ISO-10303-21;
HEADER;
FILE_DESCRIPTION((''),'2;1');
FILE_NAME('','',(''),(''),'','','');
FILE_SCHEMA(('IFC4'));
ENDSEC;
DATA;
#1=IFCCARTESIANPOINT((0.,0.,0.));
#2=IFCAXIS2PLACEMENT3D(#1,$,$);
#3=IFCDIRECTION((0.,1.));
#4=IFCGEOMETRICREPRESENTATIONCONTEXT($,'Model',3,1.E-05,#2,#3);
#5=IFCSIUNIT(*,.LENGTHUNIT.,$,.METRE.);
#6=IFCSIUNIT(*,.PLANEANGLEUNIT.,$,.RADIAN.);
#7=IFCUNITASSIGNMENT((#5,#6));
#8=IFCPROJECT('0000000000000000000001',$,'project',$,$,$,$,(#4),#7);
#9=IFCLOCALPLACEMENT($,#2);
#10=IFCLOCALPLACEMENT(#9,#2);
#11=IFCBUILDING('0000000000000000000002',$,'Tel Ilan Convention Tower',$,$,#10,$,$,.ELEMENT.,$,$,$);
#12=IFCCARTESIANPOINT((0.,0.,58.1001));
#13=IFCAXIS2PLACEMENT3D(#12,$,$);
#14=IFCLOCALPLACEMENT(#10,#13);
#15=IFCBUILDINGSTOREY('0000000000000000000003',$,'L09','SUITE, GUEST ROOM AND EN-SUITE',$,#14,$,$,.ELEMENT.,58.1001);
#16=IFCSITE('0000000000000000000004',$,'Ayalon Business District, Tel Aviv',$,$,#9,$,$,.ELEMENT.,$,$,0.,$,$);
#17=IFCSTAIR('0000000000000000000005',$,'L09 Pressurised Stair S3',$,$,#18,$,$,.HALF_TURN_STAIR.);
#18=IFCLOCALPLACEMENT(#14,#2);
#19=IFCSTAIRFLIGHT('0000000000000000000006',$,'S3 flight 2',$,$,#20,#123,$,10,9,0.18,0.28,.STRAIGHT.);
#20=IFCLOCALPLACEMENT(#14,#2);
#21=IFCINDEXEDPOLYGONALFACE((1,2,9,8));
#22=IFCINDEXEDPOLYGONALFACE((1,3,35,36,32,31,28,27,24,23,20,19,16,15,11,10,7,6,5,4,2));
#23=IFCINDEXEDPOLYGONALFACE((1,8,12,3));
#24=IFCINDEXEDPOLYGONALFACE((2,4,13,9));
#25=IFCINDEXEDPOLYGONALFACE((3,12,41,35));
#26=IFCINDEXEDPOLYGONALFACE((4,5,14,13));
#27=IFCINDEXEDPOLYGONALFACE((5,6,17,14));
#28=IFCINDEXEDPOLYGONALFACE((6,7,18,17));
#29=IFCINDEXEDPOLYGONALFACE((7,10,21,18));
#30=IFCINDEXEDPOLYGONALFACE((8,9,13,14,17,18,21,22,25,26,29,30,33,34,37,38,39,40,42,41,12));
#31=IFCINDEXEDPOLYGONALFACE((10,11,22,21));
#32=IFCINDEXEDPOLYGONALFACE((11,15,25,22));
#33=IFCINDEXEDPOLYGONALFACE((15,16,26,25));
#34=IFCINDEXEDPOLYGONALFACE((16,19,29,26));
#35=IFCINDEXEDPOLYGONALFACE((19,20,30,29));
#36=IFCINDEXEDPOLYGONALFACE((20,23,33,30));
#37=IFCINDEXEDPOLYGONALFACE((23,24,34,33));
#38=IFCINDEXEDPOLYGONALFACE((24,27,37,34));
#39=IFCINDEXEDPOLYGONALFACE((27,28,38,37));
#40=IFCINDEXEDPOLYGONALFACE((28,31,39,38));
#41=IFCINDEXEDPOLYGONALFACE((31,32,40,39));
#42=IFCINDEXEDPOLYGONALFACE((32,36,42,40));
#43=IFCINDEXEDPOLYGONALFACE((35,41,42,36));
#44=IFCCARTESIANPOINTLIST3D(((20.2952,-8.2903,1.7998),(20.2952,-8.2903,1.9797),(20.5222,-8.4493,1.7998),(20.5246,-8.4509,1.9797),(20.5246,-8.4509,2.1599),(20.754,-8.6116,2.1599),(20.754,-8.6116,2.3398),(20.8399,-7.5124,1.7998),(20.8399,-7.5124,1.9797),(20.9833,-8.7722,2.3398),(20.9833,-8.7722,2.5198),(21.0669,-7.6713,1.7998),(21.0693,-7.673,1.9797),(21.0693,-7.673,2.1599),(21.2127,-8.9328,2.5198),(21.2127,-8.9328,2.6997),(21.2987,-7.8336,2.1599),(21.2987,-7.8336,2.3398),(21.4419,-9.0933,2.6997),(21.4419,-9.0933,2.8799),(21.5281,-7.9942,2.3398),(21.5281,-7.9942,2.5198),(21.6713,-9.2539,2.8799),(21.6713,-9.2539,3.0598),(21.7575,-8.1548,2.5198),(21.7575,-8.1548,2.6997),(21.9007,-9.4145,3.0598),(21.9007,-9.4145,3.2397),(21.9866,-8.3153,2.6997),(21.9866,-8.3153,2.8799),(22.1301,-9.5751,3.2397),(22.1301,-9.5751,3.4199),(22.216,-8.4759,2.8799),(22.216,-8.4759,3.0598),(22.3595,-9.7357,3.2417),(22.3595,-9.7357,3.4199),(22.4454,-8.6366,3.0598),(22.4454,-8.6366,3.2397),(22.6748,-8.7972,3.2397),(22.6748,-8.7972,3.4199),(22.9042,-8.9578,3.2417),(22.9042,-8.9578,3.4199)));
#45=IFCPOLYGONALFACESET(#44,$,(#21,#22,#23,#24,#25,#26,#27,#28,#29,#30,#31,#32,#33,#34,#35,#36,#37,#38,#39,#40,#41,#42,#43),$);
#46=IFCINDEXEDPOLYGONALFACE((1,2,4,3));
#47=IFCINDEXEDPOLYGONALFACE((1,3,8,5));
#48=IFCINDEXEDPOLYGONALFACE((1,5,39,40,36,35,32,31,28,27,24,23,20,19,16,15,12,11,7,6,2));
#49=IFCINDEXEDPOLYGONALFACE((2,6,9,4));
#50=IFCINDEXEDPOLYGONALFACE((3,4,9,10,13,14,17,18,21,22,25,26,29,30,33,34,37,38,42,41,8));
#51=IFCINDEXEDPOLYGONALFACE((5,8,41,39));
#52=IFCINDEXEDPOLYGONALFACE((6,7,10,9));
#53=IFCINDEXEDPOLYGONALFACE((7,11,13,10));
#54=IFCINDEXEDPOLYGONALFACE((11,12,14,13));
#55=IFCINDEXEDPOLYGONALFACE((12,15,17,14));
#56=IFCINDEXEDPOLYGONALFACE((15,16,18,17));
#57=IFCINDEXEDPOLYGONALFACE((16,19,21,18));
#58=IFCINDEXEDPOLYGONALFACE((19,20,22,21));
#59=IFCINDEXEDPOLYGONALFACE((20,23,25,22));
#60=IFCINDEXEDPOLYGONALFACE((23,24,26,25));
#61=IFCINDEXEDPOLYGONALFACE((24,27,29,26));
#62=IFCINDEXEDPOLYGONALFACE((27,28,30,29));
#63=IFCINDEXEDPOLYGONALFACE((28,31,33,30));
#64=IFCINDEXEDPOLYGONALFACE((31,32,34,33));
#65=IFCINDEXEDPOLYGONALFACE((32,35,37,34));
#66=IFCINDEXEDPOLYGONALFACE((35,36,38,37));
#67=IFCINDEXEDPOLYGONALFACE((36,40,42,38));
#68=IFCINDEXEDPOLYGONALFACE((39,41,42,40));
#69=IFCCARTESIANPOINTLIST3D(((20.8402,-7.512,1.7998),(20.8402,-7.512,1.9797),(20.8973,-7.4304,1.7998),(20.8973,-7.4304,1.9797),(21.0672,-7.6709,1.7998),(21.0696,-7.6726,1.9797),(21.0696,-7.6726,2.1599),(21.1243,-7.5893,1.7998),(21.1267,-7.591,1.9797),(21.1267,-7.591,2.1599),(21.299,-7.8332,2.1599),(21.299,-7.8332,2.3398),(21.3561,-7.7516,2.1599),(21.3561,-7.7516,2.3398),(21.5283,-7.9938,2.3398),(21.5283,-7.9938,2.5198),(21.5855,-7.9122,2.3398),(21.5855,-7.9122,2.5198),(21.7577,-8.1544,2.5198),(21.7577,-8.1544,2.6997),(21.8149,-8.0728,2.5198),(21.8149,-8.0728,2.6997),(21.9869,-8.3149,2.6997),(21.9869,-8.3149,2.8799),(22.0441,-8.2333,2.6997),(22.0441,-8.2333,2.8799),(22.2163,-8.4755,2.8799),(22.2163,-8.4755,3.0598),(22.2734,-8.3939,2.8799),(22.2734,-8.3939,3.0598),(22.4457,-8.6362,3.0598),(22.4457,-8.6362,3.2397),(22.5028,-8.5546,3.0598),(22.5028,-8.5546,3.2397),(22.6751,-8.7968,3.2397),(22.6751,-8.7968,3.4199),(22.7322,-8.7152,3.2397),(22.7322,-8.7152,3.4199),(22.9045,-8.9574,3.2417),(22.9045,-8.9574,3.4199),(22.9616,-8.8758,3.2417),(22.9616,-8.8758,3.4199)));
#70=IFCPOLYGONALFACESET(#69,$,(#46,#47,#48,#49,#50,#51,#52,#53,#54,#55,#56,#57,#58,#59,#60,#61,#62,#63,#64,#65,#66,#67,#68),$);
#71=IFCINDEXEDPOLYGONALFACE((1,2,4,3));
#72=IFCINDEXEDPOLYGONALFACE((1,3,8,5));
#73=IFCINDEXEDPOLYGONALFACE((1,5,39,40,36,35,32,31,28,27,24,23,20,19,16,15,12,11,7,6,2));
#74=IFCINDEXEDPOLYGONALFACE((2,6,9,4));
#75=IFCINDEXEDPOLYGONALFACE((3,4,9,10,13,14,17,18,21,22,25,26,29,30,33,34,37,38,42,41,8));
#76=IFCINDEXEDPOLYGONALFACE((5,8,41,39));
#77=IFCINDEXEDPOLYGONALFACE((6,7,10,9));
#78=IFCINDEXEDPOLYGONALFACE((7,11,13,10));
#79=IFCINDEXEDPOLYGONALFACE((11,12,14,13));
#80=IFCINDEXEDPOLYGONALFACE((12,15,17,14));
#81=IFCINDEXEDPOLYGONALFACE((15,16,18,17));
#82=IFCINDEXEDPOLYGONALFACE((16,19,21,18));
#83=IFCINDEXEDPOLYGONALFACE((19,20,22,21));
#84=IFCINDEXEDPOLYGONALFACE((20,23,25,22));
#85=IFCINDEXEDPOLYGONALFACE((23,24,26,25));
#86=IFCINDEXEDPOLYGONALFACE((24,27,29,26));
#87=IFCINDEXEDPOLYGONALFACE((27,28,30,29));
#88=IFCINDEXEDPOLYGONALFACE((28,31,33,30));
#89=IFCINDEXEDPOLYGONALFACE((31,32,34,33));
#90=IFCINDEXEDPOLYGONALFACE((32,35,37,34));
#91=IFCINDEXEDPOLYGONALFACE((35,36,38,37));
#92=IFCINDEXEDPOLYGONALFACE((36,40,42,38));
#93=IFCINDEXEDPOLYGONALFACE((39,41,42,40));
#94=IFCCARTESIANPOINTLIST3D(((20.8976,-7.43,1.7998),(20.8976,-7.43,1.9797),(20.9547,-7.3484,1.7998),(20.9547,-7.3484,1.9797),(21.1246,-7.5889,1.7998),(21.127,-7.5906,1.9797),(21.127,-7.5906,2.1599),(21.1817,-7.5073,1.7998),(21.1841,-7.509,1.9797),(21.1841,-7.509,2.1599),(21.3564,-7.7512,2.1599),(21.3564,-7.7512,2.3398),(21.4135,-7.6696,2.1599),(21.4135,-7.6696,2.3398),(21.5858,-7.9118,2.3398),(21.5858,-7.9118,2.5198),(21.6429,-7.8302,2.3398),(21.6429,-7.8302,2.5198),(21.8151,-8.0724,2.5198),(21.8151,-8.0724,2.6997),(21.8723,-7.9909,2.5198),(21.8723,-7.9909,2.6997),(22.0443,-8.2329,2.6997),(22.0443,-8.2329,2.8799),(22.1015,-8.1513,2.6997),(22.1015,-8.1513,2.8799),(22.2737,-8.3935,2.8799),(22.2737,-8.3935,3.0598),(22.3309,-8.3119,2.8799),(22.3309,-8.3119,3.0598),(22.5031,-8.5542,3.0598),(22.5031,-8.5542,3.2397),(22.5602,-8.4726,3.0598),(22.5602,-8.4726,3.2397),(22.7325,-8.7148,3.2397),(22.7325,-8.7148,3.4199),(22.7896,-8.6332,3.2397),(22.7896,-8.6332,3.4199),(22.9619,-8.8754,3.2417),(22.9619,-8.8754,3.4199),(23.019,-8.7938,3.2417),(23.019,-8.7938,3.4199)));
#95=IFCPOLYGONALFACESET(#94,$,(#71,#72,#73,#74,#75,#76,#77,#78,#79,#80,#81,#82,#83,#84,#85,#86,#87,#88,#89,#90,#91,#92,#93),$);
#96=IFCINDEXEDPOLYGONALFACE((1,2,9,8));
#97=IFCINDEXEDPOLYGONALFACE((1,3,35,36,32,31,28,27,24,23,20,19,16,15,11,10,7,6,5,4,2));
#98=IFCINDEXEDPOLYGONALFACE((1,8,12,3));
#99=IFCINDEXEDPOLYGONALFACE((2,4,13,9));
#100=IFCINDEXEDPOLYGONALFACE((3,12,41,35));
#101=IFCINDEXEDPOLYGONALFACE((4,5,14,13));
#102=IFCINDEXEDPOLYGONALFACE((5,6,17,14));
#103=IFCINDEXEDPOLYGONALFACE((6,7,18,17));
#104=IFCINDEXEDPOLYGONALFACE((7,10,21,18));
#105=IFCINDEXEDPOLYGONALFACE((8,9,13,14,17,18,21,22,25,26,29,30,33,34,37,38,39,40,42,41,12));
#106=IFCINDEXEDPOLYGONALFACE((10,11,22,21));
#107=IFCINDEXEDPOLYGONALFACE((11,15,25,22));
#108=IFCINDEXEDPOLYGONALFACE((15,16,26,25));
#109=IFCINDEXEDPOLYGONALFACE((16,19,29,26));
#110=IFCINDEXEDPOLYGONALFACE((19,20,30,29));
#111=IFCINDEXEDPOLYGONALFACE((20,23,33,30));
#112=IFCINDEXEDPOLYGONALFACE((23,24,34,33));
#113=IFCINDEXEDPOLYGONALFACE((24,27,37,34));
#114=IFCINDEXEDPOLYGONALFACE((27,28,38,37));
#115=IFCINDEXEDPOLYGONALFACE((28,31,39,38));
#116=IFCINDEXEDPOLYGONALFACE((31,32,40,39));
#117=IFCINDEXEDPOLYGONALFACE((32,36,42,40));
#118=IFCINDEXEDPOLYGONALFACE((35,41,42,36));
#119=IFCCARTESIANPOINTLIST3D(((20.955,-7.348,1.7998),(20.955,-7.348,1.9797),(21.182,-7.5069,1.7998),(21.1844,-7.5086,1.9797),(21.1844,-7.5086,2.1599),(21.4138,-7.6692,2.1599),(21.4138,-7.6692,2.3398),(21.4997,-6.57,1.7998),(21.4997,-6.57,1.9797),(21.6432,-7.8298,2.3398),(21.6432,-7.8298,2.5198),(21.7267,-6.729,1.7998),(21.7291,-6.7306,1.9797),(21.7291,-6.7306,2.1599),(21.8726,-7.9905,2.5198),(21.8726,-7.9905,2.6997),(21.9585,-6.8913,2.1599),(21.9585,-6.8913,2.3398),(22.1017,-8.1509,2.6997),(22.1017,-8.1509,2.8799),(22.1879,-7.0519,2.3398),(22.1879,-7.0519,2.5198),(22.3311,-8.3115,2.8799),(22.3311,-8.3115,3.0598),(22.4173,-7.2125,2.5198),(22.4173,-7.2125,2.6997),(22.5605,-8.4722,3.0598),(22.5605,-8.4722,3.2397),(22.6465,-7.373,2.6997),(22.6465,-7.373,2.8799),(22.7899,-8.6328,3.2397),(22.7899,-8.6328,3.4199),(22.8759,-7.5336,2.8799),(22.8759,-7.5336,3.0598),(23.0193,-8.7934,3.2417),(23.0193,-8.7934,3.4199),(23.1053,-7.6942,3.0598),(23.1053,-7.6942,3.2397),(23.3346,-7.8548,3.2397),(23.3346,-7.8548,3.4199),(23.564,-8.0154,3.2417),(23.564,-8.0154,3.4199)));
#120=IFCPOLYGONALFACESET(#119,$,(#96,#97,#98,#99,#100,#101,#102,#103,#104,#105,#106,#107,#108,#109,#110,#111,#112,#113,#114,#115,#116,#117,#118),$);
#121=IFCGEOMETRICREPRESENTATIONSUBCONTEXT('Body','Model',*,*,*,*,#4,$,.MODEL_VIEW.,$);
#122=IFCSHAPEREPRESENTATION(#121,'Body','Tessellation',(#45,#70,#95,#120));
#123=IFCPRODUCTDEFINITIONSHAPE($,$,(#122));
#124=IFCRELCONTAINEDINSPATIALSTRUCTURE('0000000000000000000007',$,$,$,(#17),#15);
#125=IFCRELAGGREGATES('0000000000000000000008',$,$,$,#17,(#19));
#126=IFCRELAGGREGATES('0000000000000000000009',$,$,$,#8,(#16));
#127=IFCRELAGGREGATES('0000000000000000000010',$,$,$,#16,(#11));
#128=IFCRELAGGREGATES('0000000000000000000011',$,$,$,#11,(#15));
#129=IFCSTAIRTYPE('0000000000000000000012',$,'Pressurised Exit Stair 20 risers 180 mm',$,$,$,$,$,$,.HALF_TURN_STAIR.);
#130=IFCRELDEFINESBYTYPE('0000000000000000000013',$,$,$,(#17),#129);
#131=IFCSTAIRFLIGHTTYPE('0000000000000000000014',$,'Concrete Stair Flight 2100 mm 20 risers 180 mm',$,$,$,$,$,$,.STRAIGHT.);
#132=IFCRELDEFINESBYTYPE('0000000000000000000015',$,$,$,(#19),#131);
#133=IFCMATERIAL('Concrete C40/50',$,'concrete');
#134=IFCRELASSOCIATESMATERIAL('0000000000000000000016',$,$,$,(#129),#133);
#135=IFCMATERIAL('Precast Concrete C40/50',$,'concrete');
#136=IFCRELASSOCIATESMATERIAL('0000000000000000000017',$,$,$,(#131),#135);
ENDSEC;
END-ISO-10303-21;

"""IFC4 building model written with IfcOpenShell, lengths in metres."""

from ifc_helpers import new_model, si_unit, direction, frame, origin, place, context, subcontext, project, spatial, polyline, outline, extrude, material, type_object, element, aggregate, save


model = new_model("IFC4")

# Units and contexts
model_context = context("Model", 3, precision=1e-05, world=origin(), true_north=direction((0.0, 1.0)))
body_context = subcontext(model_context, "Body", "Model", "MODEL_VIEW")
ifc_project = project(units=[si_unit("LENGTHUNIT", "METRE"), si_unit("PLANEANGLEUNIT", "RADIAN")], contexts=[model_context])

# Site, building, storey
site_placement = place(None, origin())
site = spatial("IfcSite", under=ifc_project, at=site_placement, Name="Ayalon Business District, Tel Aviv", CompositionType="ELEMENT", RefElevation=0.0)
building_placement = place(site_placement, origin())
building = spatial("IfcBuilding", under=site, at=building_placement, Name="Tel Ilan Convention Tower", CompositionType="ELEMENT")
storey_placement = place(building_placement, frame((0.0, 0.0, 58.1001)))
storey = spatial("IfcBuildingStorey", under=building, at=storey_placement, Name="L09", Description="SUITE, GUEST ROOM AND EN-SUITE", CompositionType="ELEMENT", Elevation=58.1001)

# Stair, stair flight
ifc_material_1 = material(Name="Concrete C40/50", Category="concrete")
stair_type = type_object("IfcStairType", Name="Pressurised Exit Stair 20 risers 180 mm", PredefinedType="HALF_TURN_STAIR", material=ifc_material_1)
stair_1_placement = place(storey_placement, origin())
stair_1 = element("IfcStair", 1, at=stair_1_placement, inside=storey, type_object=stair_type, Name="L09 Pressurised Stair S3", PredefinedType="HALF_TURN_STAIR")
ifc_material_2 = material(Name="Precast Concrete C40/50", Category="concrete")
stair_flight_type = type_object("IfcStairFlightType", Name="Concrete Stair Flight 2100 mm 20 risers 180 mm", PredefinedType="STRAIGHT", material=ifc_material_2)
stair_flight_1_placement = place(storey_placement, frame((20.8975, -7.4302, 1.7998), z_axis=(0.0, 0.0, 1.0), x_axis=(0.819152, -0.573576, 0.0)))
stair_flight_1 = element("IfcStairFlight", 2, at=stair_flight_1_placement, type_object=stair_flight_type, Name="S3 flight 2", NumberOfRisers=10, NumberOfTreads=9, PredefinedType="STRAIGHT", RiserHeight=0.18, TreadLength=0.28, context=body_context, shape_type="SweptSolid", body=[
    extrude(outline(polyline([(0.0, 0.0), (0.0, 0.1799), (0.28, 0.1799), (0.28, 0.3601), (0.5601, 0.3601), (0.5601, 0.54), (0.8401, 0.54), (0.8401, 0.72), (1.1201, 0.72), (1.1201, 0.8999), (1.3999, 0.8999), (1.3999, 1.0801), (1.6799, 1.0801), (1.6799, 1.26), (1.96, 1.26), (1.96, 1.4399), (2.24, 1.4399), (2.24, 1.6201), (2.52, 1.6201), (2.52, 1.8), (2.52, 1.4419), (0.2771, 0.0), (0.0, 0.0)])), frame((0.0, -0.1003, 0.0), z_axis=(0.0, -1.0, 0.0), x_axis=(1.0, 0.0, 0.0)), (0.0, 0.0, 1.0), 0.9497),
    extrude(outline(polyline([(0.0, 0.0), (0.0, 0.1799), (0.28, 0.1799), (0.28, 0.3601), (0.5601, 0.3601), (0.5601, 0.54), (0.8401, 0.54), (0.8401, 0.72), (1.1201, 0.72), (1.1201, 0.8999), (1.3999, 0.8999), (1.3999, 1.0801), (1.6799, 1.0801), (1.6799, 1.26), (1.96, 1.26), (1.96, 1.4399), (2.24, 1.4399), (2.24, 1.6201), (2.52, 1.6201), (2.52, 1.8), (2.52, 1.4419), (0.2771, 0.0), (0.0, 0.0)])), frame((0.0, -0.0002, 0.0), z_axis=(0.0, -1.0, 0.0), x_axis=(1.0, 0.0, 0.0)), (0.0, 0.0, 1.0), 0.0996),
    extrude(outline(polyline([(0.0, 0.0), (0.0, 0.1799), (0.28, 0.1799), (0.28, 0.3601), (0.5601, 0.3601), (0.5601, 0.54), (0.8401, 0.54), (0.8401, 0.72), (1.1201, 0.72), (1.1201, 0.8999), (1.3999, 0.8999), (1.3999, 1.0801), (1.6799, 1.0801), (1.6799, 1.26), (1.96, 1.26), (1.96, 1.4399), (2.24, 1.4399), (2.24, 1.6201), (2.52, 1.6201), (2.52, 1.8), (2.52, 1.4419), (0.2771, 0.0), (0.0, 0.0)])), frame((0.0, 0.0999, 0.0), z_axis=(0.0, -1.0, 0.0), x_axis=(1.0, 0.0, 0.0)), (0.0, 0.0, 1.0), 0.0996),
    extrude(outline(polyline([(0.0, 0.0), (0.0, 0.1799), (0.28, 0.1799), (0.28, 0.3601), (0.5601, 0.3601), (0.5601, 0.54), (0.8401, 0.54), (0.8401, 0.72), (1.1201, 0.72), (1.1201, 0.8999), (1.3999, 0.8999), (1.3999, 1.0801), (1.6799, 1.0801), (1.6799, 1.26), (1.96, 1.26), (1.96, 1.4399), (2.24, 1.4399), (2.24, 1.6201), (2.52, 1.6201), (2.52, 1.8), (2.52, 1.4419), (0.2771, 0.0), (0.0, 0.0)])), frame((0.0, 1.05, 0.0), z_axis=(0.0, -1.0, 0.0), x_axis=(1.0, 0.0, 0.0)), (0.0, 0.0, 1.0), 0.9497),
])
aggregate(stair_1, [stair_flight_1])

save(model, "model.ifc")
